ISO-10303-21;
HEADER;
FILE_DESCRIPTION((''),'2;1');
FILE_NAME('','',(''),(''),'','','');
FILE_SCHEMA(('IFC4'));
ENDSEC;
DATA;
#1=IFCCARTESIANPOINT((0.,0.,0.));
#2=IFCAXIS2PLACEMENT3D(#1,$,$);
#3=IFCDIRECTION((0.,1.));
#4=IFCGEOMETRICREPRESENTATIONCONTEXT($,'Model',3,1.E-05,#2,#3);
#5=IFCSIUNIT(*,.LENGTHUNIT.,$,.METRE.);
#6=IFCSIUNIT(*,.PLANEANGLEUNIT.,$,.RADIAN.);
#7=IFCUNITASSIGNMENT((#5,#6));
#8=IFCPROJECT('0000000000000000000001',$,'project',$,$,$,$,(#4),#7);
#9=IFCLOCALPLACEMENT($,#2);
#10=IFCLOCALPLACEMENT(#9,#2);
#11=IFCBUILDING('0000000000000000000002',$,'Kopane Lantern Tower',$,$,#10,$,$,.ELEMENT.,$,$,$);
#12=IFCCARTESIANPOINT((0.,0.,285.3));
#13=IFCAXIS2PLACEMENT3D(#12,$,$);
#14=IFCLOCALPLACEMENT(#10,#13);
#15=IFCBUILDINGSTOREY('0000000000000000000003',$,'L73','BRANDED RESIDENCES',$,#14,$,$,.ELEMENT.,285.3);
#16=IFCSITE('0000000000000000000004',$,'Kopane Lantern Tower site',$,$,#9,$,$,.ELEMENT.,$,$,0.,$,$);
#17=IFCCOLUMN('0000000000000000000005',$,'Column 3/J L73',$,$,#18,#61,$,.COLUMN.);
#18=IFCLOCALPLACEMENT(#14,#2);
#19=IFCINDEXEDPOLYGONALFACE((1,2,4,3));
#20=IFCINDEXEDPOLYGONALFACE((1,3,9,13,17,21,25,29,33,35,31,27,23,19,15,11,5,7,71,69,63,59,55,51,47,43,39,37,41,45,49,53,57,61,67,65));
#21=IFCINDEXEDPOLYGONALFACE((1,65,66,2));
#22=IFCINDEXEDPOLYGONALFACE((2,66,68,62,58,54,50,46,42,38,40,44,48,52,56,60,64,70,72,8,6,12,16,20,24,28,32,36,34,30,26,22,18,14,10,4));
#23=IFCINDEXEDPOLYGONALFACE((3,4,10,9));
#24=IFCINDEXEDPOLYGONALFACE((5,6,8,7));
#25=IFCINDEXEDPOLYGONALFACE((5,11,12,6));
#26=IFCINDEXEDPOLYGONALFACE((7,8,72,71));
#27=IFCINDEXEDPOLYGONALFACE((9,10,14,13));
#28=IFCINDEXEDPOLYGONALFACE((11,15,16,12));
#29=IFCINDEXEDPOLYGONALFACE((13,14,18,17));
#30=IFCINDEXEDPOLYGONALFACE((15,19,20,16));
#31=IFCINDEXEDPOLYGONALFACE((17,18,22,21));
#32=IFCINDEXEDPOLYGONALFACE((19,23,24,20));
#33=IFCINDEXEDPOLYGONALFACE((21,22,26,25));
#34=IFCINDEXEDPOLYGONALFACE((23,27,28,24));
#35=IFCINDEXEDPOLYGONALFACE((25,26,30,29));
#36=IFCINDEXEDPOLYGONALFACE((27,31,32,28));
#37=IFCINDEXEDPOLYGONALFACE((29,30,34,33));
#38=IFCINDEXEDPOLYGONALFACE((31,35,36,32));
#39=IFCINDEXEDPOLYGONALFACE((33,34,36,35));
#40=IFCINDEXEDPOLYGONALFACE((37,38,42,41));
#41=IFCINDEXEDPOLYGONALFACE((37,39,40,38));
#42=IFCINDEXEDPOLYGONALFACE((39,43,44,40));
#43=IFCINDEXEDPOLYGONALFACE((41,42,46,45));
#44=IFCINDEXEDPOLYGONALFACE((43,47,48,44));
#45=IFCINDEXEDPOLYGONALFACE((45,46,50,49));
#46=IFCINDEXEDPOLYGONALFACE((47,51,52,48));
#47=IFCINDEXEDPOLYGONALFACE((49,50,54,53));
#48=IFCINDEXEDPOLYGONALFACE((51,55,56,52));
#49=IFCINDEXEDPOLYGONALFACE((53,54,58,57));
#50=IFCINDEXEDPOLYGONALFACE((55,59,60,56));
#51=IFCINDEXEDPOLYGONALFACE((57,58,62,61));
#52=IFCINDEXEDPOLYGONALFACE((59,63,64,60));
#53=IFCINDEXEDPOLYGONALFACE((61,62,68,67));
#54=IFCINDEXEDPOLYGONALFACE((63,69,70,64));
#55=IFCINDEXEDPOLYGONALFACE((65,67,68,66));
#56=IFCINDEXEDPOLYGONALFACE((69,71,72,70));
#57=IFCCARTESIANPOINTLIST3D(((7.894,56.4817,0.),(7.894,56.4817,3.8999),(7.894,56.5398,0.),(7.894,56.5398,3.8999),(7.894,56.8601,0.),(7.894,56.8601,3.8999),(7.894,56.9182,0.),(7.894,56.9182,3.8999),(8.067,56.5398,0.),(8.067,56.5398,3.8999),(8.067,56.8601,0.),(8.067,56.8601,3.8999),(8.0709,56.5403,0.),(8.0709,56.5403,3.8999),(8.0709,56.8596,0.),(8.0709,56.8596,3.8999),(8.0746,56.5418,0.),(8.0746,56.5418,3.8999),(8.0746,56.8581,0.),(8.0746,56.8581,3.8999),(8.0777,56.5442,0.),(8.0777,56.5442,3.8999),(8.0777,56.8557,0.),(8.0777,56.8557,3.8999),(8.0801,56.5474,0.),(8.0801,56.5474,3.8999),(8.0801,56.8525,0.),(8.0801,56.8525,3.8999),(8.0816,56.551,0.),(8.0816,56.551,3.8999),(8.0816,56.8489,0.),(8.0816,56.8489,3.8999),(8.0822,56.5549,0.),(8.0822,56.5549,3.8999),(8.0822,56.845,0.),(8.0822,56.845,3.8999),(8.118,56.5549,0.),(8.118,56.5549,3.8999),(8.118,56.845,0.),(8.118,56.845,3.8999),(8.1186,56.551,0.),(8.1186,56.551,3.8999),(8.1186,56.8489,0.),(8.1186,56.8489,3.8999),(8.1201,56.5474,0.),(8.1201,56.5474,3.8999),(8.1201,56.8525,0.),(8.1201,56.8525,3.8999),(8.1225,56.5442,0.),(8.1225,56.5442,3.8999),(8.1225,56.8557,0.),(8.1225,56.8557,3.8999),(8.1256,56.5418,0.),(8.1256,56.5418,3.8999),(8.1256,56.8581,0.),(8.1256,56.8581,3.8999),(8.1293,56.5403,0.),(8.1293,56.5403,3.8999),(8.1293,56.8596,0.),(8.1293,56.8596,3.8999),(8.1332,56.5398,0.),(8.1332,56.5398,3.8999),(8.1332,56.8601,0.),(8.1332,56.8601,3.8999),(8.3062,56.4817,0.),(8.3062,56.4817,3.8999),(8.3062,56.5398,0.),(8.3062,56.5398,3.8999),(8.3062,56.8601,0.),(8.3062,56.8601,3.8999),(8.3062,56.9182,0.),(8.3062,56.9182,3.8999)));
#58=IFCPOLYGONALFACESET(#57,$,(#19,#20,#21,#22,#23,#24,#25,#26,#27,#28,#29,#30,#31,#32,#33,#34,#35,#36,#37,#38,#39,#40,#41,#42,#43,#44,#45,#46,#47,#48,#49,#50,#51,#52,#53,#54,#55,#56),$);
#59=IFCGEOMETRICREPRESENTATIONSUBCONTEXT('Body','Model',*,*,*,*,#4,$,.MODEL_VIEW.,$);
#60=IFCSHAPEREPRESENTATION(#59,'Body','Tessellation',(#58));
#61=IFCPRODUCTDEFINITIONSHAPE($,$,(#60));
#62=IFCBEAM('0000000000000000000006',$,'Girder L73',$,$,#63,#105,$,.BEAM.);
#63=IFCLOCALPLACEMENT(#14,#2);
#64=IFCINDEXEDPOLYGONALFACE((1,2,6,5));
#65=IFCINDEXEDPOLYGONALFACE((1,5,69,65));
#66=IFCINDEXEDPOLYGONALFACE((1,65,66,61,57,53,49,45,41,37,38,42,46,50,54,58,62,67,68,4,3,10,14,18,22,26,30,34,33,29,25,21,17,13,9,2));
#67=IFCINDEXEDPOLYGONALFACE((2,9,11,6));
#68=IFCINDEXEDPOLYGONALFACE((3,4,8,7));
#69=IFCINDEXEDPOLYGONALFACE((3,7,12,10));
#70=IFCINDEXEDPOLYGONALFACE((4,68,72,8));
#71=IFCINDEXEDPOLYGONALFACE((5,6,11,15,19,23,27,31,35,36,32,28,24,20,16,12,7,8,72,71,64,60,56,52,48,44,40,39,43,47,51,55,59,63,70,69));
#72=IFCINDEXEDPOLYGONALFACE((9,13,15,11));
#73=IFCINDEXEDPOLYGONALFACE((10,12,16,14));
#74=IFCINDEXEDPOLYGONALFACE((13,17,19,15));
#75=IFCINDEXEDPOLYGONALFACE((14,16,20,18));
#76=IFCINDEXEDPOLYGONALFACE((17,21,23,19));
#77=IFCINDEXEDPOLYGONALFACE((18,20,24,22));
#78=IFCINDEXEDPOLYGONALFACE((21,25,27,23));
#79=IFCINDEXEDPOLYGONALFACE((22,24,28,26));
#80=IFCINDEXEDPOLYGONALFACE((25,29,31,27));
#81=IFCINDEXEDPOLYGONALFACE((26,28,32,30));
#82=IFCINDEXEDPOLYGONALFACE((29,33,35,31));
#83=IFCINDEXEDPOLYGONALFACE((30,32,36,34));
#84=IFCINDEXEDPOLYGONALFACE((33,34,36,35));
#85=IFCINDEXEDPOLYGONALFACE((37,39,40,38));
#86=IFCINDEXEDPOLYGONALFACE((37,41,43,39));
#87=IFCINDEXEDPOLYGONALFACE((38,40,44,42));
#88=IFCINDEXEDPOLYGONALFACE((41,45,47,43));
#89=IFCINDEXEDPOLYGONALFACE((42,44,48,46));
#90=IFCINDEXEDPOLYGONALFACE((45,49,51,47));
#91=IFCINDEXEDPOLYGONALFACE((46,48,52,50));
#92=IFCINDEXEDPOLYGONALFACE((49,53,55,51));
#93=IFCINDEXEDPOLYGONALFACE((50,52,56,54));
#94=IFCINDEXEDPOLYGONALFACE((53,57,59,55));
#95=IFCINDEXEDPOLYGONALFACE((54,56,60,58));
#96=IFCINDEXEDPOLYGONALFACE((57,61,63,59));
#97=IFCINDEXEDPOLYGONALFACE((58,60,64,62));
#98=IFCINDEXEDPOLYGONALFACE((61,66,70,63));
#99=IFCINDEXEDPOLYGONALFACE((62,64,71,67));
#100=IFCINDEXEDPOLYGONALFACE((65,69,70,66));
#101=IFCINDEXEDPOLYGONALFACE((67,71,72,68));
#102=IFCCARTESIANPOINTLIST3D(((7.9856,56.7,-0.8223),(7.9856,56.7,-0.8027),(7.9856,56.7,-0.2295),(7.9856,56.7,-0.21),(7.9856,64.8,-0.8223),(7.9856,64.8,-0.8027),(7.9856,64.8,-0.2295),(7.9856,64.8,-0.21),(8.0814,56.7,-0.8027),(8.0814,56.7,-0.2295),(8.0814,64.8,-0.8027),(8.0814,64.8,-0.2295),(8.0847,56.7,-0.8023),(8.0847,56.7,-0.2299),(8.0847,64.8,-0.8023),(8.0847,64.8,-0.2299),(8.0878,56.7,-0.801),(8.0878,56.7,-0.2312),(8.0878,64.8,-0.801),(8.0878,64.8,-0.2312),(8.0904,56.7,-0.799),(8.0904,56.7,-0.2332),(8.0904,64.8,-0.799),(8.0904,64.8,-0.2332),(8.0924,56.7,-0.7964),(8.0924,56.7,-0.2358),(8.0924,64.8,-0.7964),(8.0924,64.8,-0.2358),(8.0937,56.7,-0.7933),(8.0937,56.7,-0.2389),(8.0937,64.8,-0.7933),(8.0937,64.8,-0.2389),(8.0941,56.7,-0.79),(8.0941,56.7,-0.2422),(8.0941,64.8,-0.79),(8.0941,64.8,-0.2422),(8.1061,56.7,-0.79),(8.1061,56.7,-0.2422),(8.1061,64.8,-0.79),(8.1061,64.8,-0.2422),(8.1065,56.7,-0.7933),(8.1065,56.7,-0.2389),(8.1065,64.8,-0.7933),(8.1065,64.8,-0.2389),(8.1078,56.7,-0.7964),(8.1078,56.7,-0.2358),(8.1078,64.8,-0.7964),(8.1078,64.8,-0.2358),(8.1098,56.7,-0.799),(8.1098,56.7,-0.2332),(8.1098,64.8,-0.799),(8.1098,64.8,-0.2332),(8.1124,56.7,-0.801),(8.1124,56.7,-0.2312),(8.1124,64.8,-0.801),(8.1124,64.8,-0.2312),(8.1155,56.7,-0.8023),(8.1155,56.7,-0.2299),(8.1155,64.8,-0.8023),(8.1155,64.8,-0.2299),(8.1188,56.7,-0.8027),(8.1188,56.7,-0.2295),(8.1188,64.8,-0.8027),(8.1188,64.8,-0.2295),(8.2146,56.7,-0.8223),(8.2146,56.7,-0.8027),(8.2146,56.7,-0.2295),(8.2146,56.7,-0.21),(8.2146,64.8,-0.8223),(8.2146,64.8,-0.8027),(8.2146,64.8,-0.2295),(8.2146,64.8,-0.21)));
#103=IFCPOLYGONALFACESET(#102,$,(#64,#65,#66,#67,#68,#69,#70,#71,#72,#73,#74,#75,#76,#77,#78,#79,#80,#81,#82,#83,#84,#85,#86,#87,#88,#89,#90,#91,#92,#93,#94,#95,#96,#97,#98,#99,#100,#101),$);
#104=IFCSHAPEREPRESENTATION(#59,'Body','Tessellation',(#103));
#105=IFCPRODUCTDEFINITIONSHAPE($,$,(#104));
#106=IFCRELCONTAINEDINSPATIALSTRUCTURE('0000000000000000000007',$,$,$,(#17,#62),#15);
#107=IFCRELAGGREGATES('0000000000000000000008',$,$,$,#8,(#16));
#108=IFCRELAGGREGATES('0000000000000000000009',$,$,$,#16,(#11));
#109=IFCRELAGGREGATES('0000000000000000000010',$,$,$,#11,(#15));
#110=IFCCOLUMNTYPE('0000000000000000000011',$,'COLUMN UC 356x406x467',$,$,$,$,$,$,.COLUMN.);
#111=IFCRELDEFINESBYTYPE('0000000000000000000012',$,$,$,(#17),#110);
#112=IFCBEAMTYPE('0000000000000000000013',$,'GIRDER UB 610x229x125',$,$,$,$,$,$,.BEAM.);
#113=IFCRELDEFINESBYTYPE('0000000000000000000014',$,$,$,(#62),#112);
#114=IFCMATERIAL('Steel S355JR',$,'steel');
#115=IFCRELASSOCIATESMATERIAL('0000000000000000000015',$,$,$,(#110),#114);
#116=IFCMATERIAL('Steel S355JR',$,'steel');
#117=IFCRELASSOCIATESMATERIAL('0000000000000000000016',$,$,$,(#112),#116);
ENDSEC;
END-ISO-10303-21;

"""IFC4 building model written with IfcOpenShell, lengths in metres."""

from ifc_helpers import new_model, si_unit, direction, frame, origin, origin_2d, place, context, subcontext, project, spatial, i_section, extrude, material, material_profile, profile_set, type_object, element, save


model = new_model("IFC4")

# Units and contexts
model_context = context("Model", 3, precision=1e-05, world=origin(), true_north=direction((0.0, 1.0)))
body_context = subcontext(model_context, "Body", "Model", "MODEL_VIEW")
ifc_project = project(units=[si_unit("LENGTHUNIT", "METRE"), si_unit("PLANEANGLEUNIT", "RADIAN")], contexts=[model_context])

# Site, building, storey
site_placement = place(None, origin())
site = spatial("IfcSite", under=ifc_project, at=site_placement, Name="Kopane Lantern Tower site", CompositionType="ELEMENT", RefElevation=0.0)
building_placement = place(site_placement, origin())
building = spatial("IfcBuilding", under=site, at=building_placement, Name="Kopane Lantern Tower", CompositionType="ELEMENT")
storey_placement = place(building_placement, frame((0.0, 0.0, 285.3)))
storey = spatial("IfcBuildingStorey", under=building, at=storey_placement, Name="L73", Description="BRANDED RESIDENCES", CompositionType="ELEMENT", Elevation=285.3)

# Column
ifc_material_1 = material(Name="Steel S355JR", Category="steel")
ifc_material_profile_1 = material_profile(ifc_material_1, i_section(OverallWidth=0.4121, OverallDepth=0.4365, WebThickness=0.0359, FlangeThickness=0.0581, FilletRadius=0.0151, at=origin_2d()), Name="UC 356x406x467")
ifc_profile_set_1 = profile_set([ifc_material_profile_1], Name="Steel S355JR")
column_type = type_object("IfcColumnType", Name="COLUMN UC 356x406x467", PredefinedType="COLUMN", material=ifc_profile_set_1)
column_placement = place(storey_placement, frame((8.1001, 56.7, 0.0), z_axis=(0.0, 0.0, 1.0), x_axis=(1.0, 0.0, 0.0)))
element("IfcColumn", 1, at=column_placement, inside=storey, type_object=column_type, Name="Column 3/J L73", PredefinedType="COLUMN", context=body_context, shape_type="SweptSolid", body=[
    extrude(i_section(OverallWidth=0.4121, OverallDepth=0.4365, WebThickness=0.0359, FlangeThickness=0.0581, FilletRadius=0.0151, at=origin_2d()), origin(), (0.0, 0.0, 1.0), 3.8999),
])

# Beam
ifc_material_2 = material(Name="Steel S355JR", Category="steel")
ifc_material_profile_2 = material_profile(ifc_material_2, i_section(OverallWidth=0.229, OverallDepth=0.6123, WebThickness=0.012, FlangeThickness=0.0195, FilletRadius=0.0127, at=origin_2d()), Name="UB 610x229x125")
ifc_profile_set_2 = profile_set([ifc_material_profile_2], Name="Steel S355JR")
beam_type = type_object("IfcBeamType", Name="GIRDER UB 610x229x125", PredefinedType="BEAM", material=ifc_profile_set_2)
beam_placement = place(storey_placement, frame((8.1001, 56.7, -0.5161), z_axis=(0.0, 1.0, 0.0), x_axis=(-1.0, 0.0, 0.0)))
element("IfcBeam", 2, at=beam_placement, inside=storey, type_object=beam_type, Name="Girder L73", PredefinedType="BEAM", context=body_context, shape_type="SweptSolid", body=[
    extrude(i_section(OverallWidth=0.229, OverallDepth=0.6123, WebThickness=0.012, FlangeThickness=0.0195, FilletRadius=0.0127, at=origin_2d()), origin(), (0.0, 0.0, 1.0), 8.1001),
])

save(model, "model.ifc")
